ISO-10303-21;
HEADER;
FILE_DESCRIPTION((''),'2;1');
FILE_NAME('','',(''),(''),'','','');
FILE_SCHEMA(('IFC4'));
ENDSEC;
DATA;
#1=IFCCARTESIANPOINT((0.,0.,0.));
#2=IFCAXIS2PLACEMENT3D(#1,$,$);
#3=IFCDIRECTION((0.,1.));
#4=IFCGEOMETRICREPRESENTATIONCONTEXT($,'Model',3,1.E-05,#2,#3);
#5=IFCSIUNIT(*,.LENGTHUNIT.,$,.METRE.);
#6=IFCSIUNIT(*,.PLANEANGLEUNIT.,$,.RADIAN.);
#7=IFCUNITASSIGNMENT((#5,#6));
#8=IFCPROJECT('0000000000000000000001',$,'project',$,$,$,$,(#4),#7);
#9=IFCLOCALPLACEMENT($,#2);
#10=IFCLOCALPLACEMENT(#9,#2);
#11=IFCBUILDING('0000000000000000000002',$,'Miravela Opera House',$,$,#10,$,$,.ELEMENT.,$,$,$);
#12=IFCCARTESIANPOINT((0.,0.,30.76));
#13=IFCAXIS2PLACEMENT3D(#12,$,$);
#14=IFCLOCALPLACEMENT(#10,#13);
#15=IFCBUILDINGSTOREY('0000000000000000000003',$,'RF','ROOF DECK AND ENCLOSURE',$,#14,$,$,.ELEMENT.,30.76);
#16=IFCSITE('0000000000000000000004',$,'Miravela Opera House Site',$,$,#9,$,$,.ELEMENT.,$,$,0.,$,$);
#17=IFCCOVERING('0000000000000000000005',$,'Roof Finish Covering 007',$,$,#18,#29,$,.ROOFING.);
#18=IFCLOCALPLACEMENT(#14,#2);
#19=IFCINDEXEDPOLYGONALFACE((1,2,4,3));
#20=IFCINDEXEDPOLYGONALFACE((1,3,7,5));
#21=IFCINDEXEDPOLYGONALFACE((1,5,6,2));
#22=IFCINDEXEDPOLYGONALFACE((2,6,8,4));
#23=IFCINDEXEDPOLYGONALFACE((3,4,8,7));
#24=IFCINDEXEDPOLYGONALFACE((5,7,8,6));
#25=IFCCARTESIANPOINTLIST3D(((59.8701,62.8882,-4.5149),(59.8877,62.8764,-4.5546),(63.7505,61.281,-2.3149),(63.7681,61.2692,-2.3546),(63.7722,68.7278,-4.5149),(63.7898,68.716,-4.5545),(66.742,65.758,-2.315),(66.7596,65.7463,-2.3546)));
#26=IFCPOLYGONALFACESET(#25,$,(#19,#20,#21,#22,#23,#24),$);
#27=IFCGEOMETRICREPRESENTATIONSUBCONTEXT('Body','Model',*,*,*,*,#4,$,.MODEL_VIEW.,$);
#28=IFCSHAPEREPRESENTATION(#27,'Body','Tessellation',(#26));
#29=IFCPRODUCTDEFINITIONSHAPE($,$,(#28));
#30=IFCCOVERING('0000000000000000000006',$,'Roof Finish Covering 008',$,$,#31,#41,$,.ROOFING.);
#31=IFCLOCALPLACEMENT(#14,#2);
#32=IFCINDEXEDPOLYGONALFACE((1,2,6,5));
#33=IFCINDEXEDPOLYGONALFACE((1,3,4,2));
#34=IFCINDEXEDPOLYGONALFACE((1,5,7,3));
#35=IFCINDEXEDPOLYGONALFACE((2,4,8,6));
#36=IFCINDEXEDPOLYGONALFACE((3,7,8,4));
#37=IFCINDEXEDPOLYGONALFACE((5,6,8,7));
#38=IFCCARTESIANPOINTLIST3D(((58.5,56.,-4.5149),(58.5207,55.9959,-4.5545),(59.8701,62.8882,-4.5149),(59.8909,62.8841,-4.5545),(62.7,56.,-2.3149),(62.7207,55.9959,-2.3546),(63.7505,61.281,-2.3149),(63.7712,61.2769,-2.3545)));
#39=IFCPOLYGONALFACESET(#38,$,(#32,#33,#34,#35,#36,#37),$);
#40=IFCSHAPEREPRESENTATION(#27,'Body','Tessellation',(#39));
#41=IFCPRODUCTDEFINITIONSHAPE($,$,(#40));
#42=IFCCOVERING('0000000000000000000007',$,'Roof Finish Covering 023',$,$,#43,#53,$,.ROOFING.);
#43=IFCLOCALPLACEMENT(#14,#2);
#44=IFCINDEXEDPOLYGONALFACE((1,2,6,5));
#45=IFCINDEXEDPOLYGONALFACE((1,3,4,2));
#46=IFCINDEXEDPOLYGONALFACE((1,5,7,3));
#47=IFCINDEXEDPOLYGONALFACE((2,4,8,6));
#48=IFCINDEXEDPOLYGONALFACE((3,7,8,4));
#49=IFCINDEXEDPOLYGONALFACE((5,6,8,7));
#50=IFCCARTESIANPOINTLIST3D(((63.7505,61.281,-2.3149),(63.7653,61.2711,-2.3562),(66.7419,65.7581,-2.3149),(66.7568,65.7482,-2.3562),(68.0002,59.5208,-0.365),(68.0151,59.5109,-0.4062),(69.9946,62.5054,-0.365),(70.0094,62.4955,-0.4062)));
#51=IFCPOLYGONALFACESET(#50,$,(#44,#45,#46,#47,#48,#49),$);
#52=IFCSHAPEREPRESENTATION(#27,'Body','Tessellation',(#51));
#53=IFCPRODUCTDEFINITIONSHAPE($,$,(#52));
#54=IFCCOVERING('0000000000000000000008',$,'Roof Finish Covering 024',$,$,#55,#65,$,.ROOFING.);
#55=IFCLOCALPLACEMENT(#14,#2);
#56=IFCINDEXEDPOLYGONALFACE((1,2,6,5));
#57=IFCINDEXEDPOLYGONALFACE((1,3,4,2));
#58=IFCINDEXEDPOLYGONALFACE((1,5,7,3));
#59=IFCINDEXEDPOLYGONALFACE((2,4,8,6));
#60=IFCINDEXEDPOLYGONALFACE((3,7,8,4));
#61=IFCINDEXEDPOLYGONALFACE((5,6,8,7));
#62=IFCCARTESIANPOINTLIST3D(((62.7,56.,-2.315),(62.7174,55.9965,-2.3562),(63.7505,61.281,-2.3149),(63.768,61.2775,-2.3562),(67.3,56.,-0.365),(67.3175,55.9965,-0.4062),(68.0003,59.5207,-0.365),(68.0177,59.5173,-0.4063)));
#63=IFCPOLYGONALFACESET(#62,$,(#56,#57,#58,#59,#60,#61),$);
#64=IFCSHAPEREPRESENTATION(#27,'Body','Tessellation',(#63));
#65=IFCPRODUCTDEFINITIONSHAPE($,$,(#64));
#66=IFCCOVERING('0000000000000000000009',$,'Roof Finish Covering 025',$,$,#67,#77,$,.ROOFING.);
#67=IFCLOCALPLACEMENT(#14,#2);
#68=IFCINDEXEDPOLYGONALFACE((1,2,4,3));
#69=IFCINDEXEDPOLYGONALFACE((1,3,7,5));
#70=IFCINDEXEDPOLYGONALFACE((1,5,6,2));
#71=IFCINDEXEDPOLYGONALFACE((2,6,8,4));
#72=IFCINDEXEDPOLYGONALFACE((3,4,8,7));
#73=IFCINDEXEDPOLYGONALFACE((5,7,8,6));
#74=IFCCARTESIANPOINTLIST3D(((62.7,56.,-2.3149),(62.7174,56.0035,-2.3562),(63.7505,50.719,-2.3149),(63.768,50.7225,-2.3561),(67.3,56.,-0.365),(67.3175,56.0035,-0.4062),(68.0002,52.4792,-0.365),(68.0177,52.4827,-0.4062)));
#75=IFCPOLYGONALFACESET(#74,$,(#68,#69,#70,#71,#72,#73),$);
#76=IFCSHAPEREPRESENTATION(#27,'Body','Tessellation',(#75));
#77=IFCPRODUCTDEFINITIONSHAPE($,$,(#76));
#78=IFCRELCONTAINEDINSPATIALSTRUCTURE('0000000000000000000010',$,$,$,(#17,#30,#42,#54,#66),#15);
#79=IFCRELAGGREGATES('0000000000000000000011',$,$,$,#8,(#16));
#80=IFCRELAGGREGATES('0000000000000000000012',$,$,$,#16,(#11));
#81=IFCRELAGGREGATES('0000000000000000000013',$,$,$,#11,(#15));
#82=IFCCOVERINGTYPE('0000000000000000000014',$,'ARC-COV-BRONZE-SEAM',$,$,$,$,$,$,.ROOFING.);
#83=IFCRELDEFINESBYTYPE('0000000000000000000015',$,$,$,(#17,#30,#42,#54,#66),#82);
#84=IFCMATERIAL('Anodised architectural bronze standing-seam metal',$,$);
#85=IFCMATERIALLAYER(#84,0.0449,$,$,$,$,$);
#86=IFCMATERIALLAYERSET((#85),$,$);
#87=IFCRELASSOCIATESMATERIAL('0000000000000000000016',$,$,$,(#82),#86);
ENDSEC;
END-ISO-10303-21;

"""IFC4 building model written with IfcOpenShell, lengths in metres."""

from ifc_helpers import new_model, si_unit, direction, frame, origin, place, context, subcontext, project, spatial, polyline, outline, extrude, material, layer, layer_set, type_object, element, save


model = new_model("IFC4")

# Units and contexts
model_context = context("Model", 3, precision=1e-05, world=origin(), true_north=direction((0.0, 1.0)))
body_context = subcontext(model_context, "Body", "Model", "MODEL_VIEW")
ifc_project = project(units=[si_unit("LENGTHUNIT", "METRE"), si_unit("PLANEANGLEUNIT", "RADIAN")], contexts=[model_context])

# Site, building, storey
site_placement = place(None, origin())
site = spatial("IfcSite", under=ifc_project, at=site_placement, Name="Miravela Opera House Site", CompositionType="ELEMENT", RefElevation=0.0)
building_placement = place(site_placement, origin())
building = spatial("IfcBuilding", under=site, at=building_placement, Name="Miravela Opera House", CompositionType="ELEMENT")
storey_placement = place(building_placement, frame((0.0, 0.0, 30.76)))
storey = spatial("IfcBuildingStorey", under=building, at=storey_placement, Name="RF", Description="ROOF DECK AND ENCLOSURE", CompositionType="ELEMENT", Elevation=30.76)

# Coverings
ifc_material_1 = material(Name="Anodised architectural bronze standing-seam metal")
ifc_layer_1 = layer(ifc_material_1, 0.0449)
ifc_layer_set_1 = layer_set([ifc_layer_1])
covering_type = type_object("IfcCoveringType", Name="ARC-COV-BRONZE-SEAM", PredefinedType="ROOFING", material=ifc_layer_set_1)
covering_1_placement = place(storey_placement, frame((63.7722, 68.7278, -4.5149), z_axis=(-0.391697, 0.261731, 0.882083), x_axis=(-0.555588, -0.831458, -0.000005)))
element("IfcCovering", 1, at=covering_1_placement, inside=storey, type_object=covering_type, Name="Roof Finish Covering 007", PredefinedType="ROOFING", context=body_context, shape_type="SweptSolid", body=[
    extrude(outline(polyline([(0.0, 0.0), (7.0233, 0.0), (6.2037, 4.6699), (0.8192, 4.6698), (0.0, 0.0)])), origin(), (0.0, 0.0, -1.0), 0.0449),
])
covering_2_placement = place(storey_placement, frame((59.8701, 62.8882, -4.5149), z_axis=(-0.462034, 0.091906, 0.882087), x_axis=(-0.195088, -0.980786, 0.000003)))
element("IfcCovering", 2, at=covering_2_placement, inside=storey, type_object=covering_type, Name="Roof Finish Covering 008", PredefinedType="ROOFING", context=body_context, shape_type="SweptSolid", body=[
    extrude(outline(polyline([(0.0, 0.0), (7.0231, 0.0), (6.2038, 4.6699), (0.8193, 4.67), (0.0, 0.0)])), origin(), (0.0, 0.0, -1.0), 0.0449),
])
covering_3_placement = place(storey_placement, frame((66.7419, 65.7581, -2.3149), z_axis=(-0.329877, 0.220421, 0.91793), x_axis=(-0.55557, -0.83147, 0.000005)))
element("IfcCovering", 3, at=covering_3_placement, inside=storey, type_object=covering_type, Name="Roof Finish Covering 023", PredefinedType="ROOFING", context=body_context, shape_type="SweptSolid", body=[
    extrude(outline(polyline([(0.0, 0.0), (5.3845, 0.0), (4.4871, 4.9149), (0.8974, 4.915), (0.0, 0.0)])), origin(), (0.0, 0.0, -1.0), 0.0449),
])
covering_4_placement = place(storey_placement, frame((63.7505, 61.281, -2.3149), z_axis=(-0.389115, 0.077398, 0.917932), x_axis=(-0.195102, -0.980783, -0.000007)))
element("IfcCovering", 4, at=covering_4_placement, inside=storey, type_object=covering_type, Name="Roof Finish Covering 024", PredefinedType="ROOFING", context=body_context, shape_type="SweptSolid", body=[
    extrude(outline(polyline([(0.0, 0.0), (5.3845, 0.0), (4.487, 4.915), (0.8973, 4.9149), (0.0, 0.0)])), origin(), (0.0, 0.0, -1.0), 0.0449),
])
covering_5_placement = place(storey_placement, frame((62.7, 56.0, -2.3149), z_axis=(-0.389115, -0.077398, 0.917932), x_axis=(0.195102, -0.980783, 0.000007)))
element("IfcCovering", 5, at=covering_5_placement, inside=storey, type_object=covering_type, Name="Roof Finish Covering 025", PredefinedType="ROOFING", context=body_context, shape_type="SweptSolid", body=[
    extrude(outline(polyline([(0.0, 0.0), (5.3845, 0.0), (4.4872, 4.9149), (0.8975, 4.915), (0.0, 0.0)])), origin(), (0.0, 0.0, -1.0), 0.0449),
])

save(model, "model.ifc")
